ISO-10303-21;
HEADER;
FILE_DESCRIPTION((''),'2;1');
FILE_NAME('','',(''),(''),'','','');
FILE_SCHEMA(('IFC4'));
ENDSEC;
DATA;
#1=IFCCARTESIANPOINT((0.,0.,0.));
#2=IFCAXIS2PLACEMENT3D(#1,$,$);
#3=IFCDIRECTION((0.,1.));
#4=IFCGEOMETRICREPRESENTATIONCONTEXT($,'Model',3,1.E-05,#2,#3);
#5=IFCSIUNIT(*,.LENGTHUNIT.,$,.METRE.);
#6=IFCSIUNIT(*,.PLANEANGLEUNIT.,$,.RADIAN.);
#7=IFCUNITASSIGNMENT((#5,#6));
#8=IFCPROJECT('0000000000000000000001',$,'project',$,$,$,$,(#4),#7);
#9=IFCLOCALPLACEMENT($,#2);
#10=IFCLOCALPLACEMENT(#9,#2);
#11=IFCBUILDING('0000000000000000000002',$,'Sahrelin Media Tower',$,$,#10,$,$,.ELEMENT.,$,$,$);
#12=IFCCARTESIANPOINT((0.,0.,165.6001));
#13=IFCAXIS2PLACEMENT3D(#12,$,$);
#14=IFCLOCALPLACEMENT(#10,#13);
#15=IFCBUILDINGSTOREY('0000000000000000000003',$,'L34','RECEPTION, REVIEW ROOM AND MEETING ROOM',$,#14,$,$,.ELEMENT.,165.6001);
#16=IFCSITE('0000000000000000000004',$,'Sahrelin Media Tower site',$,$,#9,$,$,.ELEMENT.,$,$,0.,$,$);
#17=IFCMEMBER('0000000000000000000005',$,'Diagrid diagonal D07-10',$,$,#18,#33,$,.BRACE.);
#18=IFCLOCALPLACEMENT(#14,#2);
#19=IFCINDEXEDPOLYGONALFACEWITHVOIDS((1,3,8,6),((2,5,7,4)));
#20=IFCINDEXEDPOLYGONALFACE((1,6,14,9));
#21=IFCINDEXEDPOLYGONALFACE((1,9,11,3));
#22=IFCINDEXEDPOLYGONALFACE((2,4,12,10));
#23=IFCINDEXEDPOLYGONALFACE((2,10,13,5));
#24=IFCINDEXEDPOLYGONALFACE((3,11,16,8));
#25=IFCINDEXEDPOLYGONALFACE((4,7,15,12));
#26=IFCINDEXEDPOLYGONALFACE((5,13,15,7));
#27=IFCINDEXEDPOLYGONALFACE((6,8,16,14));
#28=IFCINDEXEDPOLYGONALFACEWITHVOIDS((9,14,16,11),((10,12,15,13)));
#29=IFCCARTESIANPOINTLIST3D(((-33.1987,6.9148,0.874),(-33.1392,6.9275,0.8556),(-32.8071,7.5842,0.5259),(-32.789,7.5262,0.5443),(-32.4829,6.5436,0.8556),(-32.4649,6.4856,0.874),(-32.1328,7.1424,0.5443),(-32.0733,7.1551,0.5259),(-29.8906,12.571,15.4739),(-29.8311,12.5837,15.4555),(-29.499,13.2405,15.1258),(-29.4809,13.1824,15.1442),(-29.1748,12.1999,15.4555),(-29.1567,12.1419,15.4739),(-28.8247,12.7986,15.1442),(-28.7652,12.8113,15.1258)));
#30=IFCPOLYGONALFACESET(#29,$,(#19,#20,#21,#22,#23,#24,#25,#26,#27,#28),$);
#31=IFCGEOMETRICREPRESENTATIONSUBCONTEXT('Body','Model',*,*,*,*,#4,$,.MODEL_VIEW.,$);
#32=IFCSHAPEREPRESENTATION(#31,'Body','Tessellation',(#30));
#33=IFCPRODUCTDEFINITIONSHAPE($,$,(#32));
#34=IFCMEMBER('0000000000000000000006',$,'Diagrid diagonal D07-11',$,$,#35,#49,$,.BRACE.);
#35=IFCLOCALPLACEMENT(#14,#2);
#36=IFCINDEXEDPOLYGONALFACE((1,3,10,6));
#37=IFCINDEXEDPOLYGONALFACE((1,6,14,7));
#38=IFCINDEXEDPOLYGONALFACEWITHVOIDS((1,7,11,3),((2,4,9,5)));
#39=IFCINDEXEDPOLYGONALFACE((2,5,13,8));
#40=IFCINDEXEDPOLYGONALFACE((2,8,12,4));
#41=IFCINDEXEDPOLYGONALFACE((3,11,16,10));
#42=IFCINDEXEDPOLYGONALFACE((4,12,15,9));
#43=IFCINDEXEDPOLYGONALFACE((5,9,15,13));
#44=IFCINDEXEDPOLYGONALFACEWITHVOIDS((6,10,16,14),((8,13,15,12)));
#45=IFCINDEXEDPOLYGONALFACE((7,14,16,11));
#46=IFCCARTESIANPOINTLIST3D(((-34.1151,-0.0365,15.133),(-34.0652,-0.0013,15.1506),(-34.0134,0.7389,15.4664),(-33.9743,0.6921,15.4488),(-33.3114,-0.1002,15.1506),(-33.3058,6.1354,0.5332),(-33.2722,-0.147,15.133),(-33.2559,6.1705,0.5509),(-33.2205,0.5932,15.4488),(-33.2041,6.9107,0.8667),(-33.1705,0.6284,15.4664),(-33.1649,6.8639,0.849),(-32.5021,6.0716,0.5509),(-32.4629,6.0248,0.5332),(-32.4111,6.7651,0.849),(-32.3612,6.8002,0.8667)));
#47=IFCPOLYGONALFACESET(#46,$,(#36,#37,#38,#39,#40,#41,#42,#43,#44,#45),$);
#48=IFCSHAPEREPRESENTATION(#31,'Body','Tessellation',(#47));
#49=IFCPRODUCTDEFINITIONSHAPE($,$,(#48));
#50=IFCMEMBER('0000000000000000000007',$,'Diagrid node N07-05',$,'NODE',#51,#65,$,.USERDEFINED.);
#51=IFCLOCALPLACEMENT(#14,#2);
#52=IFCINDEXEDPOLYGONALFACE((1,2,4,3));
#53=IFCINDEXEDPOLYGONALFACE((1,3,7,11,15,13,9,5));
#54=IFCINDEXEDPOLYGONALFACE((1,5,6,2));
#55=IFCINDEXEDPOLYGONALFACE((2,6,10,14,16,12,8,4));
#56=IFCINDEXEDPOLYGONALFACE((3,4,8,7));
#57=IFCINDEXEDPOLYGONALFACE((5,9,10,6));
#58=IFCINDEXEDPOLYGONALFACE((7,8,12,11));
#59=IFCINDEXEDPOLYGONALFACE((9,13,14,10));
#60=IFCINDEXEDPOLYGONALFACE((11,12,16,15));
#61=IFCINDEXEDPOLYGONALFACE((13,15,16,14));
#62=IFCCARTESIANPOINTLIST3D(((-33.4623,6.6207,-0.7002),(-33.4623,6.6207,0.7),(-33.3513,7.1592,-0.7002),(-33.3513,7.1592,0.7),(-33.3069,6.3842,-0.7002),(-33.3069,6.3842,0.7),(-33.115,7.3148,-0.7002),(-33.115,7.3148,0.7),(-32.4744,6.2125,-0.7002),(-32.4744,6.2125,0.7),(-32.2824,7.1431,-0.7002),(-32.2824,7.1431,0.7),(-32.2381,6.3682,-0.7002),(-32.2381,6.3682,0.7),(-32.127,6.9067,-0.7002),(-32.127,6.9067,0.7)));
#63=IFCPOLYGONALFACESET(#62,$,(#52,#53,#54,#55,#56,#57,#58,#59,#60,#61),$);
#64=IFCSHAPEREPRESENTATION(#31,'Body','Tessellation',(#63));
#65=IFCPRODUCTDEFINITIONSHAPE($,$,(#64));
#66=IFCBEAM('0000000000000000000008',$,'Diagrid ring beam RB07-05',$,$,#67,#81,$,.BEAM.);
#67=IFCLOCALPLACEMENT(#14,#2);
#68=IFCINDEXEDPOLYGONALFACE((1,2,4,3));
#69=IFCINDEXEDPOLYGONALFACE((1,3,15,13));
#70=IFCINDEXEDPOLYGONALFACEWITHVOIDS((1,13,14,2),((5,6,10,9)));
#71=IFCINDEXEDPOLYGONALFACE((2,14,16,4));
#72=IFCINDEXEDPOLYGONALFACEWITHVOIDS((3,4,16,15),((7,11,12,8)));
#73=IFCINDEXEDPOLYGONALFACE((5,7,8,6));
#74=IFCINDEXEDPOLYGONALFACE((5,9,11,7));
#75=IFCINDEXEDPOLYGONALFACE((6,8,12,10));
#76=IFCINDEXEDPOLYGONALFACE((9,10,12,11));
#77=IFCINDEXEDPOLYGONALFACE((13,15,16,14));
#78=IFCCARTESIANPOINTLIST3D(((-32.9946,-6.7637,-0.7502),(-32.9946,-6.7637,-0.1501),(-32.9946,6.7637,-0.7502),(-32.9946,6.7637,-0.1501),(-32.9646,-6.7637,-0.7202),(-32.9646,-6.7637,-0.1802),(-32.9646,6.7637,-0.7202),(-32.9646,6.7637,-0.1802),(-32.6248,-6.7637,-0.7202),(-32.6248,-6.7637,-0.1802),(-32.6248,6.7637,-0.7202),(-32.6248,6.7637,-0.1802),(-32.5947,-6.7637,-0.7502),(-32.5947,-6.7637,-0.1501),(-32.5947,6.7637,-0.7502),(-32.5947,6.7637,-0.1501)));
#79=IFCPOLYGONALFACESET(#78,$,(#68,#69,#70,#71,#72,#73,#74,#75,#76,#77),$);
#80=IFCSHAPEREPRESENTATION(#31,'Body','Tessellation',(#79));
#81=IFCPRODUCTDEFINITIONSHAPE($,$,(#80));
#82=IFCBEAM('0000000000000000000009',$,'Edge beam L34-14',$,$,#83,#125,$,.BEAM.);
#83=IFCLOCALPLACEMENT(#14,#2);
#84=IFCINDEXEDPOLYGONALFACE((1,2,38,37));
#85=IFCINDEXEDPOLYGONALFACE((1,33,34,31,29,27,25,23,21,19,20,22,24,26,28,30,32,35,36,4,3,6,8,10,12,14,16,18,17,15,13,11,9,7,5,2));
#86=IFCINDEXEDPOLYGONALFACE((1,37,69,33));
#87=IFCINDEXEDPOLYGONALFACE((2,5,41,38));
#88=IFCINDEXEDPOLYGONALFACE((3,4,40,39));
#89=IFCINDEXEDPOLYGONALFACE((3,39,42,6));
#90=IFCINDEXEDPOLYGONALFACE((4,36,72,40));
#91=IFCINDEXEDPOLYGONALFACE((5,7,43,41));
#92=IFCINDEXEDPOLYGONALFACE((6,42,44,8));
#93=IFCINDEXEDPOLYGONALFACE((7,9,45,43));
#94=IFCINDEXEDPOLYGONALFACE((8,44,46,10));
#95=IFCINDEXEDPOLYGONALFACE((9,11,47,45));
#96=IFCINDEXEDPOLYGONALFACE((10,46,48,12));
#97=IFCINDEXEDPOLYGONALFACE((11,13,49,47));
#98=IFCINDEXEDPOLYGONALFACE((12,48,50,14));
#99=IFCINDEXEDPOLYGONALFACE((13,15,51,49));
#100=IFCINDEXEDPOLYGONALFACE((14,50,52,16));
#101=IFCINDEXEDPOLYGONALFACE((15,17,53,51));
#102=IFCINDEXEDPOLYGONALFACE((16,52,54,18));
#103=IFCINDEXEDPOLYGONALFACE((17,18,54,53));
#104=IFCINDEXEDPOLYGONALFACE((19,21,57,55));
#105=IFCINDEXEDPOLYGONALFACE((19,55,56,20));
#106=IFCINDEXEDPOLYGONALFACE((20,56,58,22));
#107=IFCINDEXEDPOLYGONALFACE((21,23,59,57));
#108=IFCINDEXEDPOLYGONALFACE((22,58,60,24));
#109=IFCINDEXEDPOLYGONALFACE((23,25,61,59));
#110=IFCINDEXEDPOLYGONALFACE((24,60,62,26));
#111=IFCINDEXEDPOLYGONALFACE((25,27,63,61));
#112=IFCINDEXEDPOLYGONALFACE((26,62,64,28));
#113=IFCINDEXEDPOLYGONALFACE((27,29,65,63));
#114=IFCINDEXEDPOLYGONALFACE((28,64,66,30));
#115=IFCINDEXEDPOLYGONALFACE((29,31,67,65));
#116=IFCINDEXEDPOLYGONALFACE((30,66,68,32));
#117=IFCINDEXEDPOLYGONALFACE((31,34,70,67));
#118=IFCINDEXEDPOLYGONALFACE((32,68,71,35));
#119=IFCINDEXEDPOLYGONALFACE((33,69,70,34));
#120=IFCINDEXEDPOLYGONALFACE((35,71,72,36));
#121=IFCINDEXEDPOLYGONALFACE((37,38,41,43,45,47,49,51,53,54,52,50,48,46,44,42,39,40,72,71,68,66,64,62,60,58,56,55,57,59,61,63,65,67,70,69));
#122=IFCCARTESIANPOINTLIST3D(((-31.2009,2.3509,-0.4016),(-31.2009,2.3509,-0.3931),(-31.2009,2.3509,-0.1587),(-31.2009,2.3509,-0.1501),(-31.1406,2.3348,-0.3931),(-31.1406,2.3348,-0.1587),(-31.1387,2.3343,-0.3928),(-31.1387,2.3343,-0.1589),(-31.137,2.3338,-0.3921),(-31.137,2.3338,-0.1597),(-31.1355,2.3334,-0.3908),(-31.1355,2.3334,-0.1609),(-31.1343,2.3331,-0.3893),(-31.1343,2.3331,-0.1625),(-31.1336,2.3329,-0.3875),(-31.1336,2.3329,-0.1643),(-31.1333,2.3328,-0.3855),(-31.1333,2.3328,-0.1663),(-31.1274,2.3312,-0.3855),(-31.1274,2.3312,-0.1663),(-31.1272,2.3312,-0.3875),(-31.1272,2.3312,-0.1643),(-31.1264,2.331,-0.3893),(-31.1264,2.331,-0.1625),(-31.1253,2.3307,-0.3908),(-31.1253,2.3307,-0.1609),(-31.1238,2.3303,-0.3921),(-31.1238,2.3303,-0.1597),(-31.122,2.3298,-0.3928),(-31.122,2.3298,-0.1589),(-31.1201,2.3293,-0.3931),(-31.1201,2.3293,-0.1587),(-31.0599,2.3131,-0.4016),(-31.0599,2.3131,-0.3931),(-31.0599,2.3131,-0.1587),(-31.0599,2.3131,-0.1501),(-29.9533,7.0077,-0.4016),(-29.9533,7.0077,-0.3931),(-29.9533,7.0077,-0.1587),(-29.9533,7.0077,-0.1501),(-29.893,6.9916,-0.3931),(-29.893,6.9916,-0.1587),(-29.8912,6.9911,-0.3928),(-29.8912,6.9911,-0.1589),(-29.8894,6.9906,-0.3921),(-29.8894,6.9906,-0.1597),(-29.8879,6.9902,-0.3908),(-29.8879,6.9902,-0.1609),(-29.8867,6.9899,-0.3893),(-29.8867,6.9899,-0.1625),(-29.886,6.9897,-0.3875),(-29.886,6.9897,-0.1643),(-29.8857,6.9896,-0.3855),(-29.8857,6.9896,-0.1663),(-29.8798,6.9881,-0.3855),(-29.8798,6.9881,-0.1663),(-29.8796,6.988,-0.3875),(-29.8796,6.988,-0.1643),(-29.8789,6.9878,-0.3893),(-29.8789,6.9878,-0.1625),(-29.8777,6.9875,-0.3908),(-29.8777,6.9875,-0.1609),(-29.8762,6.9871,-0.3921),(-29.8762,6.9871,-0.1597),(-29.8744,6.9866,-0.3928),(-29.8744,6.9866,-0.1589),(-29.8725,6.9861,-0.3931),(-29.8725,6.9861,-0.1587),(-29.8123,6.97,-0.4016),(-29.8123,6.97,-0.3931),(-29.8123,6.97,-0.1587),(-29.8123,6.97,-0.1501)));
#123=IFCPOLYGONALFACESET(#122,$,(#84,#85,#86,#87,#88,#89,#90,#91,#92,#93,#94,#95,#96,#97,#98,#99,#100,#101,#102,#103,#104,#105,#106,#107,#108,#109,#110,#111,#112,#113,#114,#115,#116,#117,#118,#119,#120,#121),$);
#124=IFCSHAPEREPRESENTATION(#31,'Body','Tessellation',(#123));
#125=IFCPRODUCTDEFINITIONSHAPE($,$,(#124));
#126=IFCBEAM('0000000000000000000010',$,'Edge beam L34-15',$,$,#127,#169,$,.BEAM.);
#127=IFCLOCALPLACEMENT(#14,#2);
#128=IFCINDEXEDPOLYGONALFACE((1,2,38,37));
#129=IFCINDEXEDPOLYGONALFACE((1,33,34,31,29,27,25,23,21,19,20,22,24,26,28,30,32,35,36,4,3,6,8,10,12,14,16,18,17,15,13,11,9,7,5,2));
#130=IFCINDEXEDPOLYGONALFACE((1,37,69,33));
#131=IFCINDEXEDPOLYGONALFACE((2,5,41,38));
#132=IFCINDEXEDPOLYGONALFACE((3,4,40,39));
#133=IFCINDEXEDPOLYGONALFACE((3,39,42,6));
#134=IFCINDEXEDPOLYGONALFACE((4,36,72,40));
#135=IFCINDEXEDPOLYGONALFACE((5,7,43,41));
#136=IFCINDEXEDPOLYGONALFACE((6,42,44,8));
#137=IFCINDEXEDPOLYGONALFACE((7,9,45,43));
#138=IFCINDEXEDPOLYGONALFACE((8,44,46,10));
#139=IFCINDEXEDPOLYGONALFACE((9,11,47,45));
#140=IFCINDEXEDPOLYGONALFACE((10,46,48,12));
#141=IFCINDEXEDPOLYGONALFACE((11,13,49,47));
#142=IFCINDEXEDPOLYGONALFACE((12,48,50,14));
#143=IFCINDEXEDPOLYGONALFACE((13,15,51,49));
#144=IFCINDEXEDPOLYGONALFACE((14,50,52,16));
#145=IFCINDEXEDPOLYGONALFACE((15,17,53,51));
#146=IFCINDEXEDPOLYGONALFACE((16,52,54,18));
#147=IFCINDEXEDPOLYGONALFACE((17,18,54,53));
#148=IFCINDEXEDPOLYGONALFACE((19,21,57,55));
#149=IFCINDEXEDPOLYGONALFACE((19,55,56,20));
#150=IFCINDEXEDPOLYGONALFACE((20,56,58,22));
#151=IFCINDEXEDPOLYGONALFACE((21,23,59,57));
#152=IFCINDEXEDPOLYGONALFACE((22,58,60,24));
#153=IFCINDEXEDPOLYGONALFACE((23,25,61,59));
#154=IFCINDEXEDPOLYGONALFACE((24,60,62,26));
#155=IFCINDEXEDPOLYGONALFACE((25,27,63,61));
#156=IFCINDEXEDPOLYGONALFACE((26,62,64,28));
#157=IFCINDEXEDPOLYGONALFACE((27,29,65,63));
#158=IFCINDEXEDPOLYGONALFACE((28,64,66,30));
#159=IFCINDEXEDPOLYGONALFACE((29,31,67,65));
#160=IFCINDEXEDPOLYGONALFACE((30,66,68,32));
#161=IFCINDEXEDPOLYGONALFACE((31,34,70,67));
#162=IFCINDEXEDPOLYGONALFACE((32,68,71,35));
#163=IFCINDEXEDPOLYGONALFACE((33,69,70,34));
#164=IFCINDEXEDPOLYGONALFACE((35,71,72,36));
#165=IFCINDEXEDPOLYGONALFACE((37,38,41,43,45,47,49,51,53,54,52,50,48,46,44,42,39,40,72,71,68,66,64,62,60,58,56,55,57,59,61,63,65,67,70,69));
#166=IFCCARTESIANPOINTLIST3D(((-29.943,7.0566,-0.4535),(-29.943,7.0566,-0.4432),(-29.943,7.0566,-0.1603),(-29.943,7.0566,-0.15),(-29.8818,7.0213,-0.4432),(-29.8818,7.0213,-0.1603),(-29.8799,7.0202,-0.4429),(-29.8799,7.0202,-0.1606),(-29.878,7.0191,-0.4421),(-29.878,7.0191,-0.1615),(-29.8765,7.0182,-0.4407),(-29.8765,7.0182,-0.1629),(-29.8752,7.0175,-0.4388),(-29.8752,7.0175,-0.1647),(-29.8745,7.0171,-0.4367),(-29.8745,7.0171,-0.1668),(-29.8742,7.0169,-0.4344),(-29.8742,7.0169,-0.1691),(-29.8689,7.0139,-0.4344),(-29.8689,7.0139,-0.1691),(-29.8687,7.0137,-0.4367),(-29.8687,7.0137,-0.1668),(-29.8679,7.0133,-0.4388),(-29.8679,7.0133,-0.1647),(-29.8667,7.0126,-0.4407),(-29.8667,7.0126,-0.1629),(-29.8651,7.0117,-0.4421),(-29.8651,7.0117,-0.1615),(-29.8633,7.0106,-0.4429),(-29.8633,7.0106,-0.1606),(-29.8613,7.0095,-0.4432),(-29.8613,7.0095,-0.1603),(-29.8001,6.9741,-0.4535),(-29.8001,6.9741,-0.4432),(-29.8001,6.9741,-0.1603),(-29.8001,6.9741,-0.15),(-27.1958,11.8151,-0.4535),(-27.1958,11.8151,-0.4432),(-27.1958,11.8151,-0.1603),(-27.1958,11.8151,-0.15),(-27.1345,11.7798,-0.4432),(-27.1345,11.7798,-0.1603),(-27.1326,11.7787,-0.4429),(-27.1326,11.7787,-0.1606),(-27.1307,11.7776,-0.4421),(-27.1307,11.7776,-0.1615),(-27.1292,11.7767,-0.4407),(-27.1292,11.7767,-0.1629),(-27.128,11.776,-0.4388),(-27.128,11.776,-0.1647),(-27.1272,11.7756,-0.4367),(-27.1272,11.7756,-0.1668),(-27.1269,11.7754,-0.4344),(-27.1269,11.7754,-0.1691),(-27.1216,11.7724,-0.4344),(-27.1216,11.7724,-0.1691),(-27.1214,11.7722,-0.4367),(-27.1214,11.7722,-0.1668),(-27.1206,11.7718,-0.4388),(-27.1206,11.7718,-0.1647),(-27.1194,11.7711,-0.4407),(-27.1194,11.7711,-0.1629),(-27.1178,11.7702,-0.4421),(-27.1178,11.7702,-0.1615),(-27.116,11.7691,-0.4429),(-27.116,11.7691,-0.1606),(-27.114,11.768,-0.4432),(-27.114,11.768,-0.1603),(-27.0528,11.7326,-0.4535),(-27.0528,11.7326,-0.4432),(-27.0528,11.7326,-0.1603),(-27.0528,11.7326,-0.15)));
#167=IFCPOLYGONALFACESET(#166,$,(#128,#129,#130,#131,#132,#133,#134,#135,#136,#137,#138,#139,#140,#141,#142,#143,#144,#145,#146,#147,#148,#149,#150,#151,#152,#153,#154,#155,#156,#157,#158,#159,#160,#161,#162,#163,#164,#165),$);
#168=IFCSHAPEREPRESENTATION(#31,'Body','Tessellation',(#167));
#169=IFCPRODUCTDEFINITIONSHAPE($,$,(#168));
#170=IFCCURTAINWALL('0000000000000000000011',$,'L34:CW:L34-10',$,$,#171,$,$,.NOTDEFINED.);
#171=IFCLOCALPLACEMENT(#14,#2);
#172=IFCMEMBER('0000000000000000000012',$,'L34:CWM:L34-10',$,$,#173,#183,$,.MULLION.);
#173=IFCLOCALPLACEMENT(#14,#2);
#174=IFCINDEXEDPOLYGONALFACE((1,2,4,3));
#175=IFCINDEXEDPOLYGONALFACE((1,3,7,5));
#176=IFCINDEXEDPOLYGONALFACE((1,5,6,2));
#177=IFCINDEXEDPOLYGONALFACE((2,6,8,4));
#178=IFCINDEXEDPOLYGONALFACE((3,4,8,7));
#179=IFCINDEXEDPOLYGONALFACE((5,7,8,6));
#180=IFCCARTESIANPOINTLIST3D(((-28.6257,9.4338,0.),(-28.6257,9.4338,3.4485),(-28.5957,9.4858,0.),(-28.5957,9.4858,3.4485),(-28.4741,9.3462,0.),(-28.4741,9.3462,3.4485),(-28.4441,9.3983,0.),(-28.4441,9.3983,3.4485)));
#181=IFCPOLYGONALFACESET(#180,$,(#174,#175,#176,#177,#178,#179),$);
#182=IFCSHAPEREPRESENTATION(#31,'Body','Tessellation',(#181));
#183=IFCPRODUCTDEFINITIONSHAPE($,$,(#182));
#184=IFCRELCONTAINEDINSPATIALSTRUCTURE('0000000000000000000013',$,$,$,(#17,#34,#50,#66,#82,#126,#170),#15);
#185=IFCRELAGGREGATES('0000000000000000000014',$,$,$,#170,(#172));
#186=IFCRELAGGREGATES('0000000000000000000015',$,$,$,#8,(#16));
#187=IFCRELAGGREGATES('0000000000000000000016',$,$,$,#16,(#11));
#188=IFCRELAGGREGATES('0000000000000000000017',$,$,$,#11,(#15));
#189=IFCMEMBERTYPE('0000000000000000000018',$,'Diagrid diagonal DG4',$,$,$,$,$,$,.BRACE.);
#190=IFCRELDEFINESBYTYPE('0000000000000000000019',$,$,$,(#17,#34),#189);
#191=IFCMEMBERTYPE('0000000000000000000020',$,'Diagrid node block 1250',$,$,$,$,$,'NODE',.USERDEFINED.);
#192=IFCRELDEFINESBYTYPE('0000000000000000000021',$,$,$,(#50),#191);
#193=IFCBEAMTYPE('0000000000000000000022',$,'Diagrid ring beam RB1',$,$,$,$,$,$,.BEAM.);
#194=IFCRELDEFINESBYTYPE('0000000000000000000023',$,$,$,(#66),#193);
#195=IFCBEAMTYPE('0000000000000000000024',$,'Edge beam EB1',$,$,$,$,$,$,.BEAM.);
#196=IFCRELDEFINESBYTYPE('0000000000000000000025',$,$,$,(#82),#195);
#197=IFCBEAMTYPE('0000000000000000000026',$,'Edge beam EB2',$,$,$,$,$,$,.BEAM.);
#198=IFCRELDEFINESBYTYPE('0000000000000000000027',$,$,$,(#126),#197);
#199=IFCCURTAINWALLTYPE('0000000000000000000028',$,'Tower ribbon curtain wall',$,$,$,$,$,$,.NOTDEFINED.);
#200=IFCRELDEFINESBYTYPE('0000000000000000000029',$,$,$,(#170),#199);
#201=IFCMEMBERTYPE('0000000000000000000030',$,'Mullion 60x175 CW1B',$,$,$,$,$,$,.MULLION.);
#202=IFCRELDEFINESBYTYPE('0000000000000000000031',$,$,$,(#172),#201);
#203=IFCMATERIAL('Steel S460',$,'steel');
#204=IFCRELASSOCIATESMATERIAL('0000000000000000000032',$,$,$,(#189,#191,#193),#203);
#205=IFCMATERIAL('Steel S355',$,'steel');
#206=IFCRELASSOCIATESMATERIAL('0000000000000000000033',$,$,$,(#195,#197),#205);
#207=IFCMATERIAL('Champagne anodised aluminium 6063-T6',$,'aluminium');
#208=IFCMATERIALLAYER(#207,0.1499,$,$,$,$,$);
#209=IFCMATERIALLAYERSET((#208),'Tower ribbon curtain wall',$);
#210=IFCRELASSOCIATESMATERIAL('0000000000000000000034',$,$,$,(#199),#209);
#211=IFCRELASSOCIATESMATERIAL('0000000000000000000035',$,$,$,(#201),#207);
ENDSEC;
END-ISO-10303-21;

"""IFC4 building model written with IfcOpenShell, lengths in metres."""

from ifc_helpers import new_model, si_unit, direction, frame, origin, origin_2d, place, context, subcontext, project, spatial, polyline, rectangle, hollow_rectangle, i_section, outline, extrude, material, layer, layer_set, material_profile, profile_set, type_object, element, aggregate, save


model = new_model("IFC4")

# Units and contexts
model_context = context("Model", 3, precision=1e-05, world=origin(), true_north=direction((0.0, 1.0)))
body_context = subcontext(model_context, "Body", "Model", "MODEL_VIEW")
ifc_project = project(units=[si_unit("LENGTHUNIT", "METRE"), si_unit("PLANEANGLEUNIT", "RADIAN")], contexts=[model_context])

# Site, building, storey
site_placement = place(None, origin())
site = spatial("IfcSite", under=ifc_project, at=site_placement, Name="Sahrelin Media Tower site", CompositionType="ELEMENT", RefElevation=0.0)
building_placement = place(site_placement, origin())
building = spatial("IfcBuilding", under=site, at=building_placement, Name="Sahrelin Media Tower", CompositionType="ELEMENT")
storey_placement = place(building_placement, frame((0.0, 0.0, 165.6001)))
storey = spatial("IfcBuildingStorey", under=building, at=storey_placement, Name="L34", Description="RECEPTION, REVIEW ROOM AND MEETING ROOM", CompositionType="ELEMENT", Elevation=165.6001)

# Members
ifc_material_1 = material(Name="Steel S460", Category="steel")
ifc_material_profile_1 = material_profile(ifc_material_1, hollow_rectangle(XDim=0.8501, YDim=0.8501, WallThickness=0.0449, at=origin_2d()), Name="Diagrid diagonal DG4")
ifc_profile_set_1 = profile_set([ifc_material_profile_1], Name="Steel S460")
member_type_1 = type_object("IfcMemberType", Name="Diagrid diagonal DG4", PredefinedType="BRACE", material=ifc_profile_set_1)
member_1_placement = place(storey_placement, frame((-32.636, 7.0349, 0.7), z_axis=(0.206719, 0.353452, 0.912326), x_axis=(-0.863205, 0.504853, 0.0)))
element("IfcMember", 1, at=member_1_placement, inside=storey, type_object=member_type_1, Name="Diagrid diagonal D07-10", PredefinedType="BRACE", context=body_context, shape_type="SweptSolid", body=[
    extrude(hollow_rectangle(XDim=0.8501, YDim=0.8501, WallThickness=0.0449, at=origin_2d()), origin(), (0.0, 0.0, 1.0), 16.0029),
])
member_2_placement = place(storey_placement, frame((-32.8335, 6.4678, 0.7), z_axis=(-0.050993, -0.388867, 0.919882), x_axis=(0.991512, -0.130018, 0.0)))
element("IfcMember", 2, at=member_2_placement, inside=storey, type_object=member_type_1, Name="Diagrid diagonal D07-11", PredefinedType="BRACE", context=body_context, shape_type="SweptSolid", body=[
    extrude(hollow_rectangle(XDim=0.8501, YDim=0.8501, WallThickness=0.0449, at=origin_2d()), origin(), (0.0, 0.0, 1.0), 15.8713),
])
ifc_material_profile_2 = material_profile(ifc_material_1, outline(polyline([(0.425, -0.4751), (0.625, -0.2749), (0.625, 0.2749), (0.425, 0.4751), (-0.425, 0.4751), (-0.625, 0.2749), (-0.625, -0.2749), (-0.425, -0.4751), (0.425, -0.4751)])), Name="Diagrid node block 1250")
ifc_profile_set_2 = profile_set([ifc_material_profile_2], Name="Steel S460")
member_type_2 = type_object("IfcMemberType", Name="Diagrid node block 1250", ElementType="NODE", PredefinedType="USERDEFINED", material=ifc_profile_set_2)
member_3_placement = place(storey_placement, frame((-32.7947, 6.7637, -0.7002), z_axis=(0.0, 0.0, 1.0), x_axis=(-0.979388, 0.201989, 0.0)))
element("IfcMember", 3, at=member_3_placement, inside=storey, type_object=member_type_2, Name="Diagrid node N07-05", ObjectType="NODE", PredefinedType="USERDEFINED", context=body_context, shape_type="SweptSolid", body=[
    extrude(outline(polyline([(0.425, -0.4751), (0.625, -0.2749), (0.625, 0.2749), (0.425, 0.4751), (-0.425, 0.4751), (-0.625, 0.2749), (-0.625, -0.2749), (-0.425, -0.4751), (0.425, -0.4751)])), origin(), (0.0, 0.0, 1.0), 1.4001),
])

# Beams
ifc_material_profile_3 = material_profile(ifc_material_1, hollow_rectangle(XDim=0.3999, YDim=0.6001, WallThickness=0.03, at=origin_2d()), Name="Diagrid ring beam RB1")
ifc_profile_set_3 = profile_set([ifc_material_profile_3], Name="Steel S460")
beam_type_1 = type_object("IfcBeamType", Name="Diagrid ring beam RB1", PredefinedType="BEAM", material=ifc_profile_set_3)
beam_1_placement = place(storey_placement, frame((-32.7947, 6.7637, -0.4502), z_axis=(0.0, -1.0, 0.0), x_axis=(1.0, 0.0, 0.0)))
element("IfcBeam", 4, at=beam_1_placement, inside=storey, type_object=beam_type_1, Name="Diagrid ring beam RB07-05", PredefinedType="BEAM", context=body_context, shape_type="SweptSolid", body=[
    extrude(hollow_rectangle(XDim=0.3999, YDim=0.6001, WallThickness=0.03, at=origin_2d()), origin(), (0.0, 0.0, 1.0), 13.5273),
])
ifc_material_2 = material(Name="Steel S355", Category="steel")
ifc_material_profile_4 = material_profile(ifc_material_2, i_section(OverallWidth=0.146, OverallDepth=0.2515, WebThickness=0.0061, FlangeThickness=0.0085, FilletRadius=0.0076, at=origin_2d()), Name="UB 254x146x31")
ifc_profile_set_4 = profile_set([ifc_material_profile_4], Name="Steel S355")
beam_type_2 = type_object("IfcBeamType", Name="Edge beam EB1", PredefinedType="BEAM", material=ifc_profile_set_4)
beam_2_placement = place(storey_placement, frame((-31.1304, 2.332, -0.2759), z_axis=(0.258778, 0.965937, 0.0), x_axis=(-0.965937, 0.258778, 0.0)))
element("IfcBeam", 5, at=beam_2_placement, inside=storey, type_object=beam_type_2, Name="Edge beam L34-14", PredefinedType="BEAM", context=body_context, shape_type="SweptSolid", body=[
    extrude(i_section(OverallWidth=0.146, OverallDepth=0.2515, WebThickness=0.0061, FlangeThickness=0.0085, FilletRadius=0.0076, at=origin_2d()), origin(), (0.0, 0.0, 1.0), 4.821),
])
ifc_material_profile_5 = material_profile(ifc_material_2, i_section(OverallWidth=0.165, OverallDepth=0.3035, WebThickness=0.0061, FlangeThickness=0.0103, FilletRadius=0.0088, at=origin_2d()), Name="UB 305x165x40")
ifc_profile_set_5 = profile_set([ifc_material_profile_5], Name="Steel S355")
beam_type_3 = type_object("IfcBeamType", Name="Edge beam EB2", PredefinedType="BEAM", material=ifc_profile_set_5)
beam_3_placement = place(storey_placement, frame((-29.8716, 7.0154, -0.3018), z_axis=(0.499996, 0.866028, 0.0), x_axis=(-0.866028, 0.499996, 0.0)))
element("IfcBeam", 6, at=beam_3_placement, inside=storey, type_object=beam_type_3, Name="Edge beam L34-15", PredefinedType="BEAM", context=body_context, shape_type="SweptSolid", body=[
    extrude(i_section(OverallWidth=0.165, OverallDepth=0.3035, WebThickness=0.0061, FlangeThickness=0.0103, FilletRadius=0.0088, at=origin_2d()), origin(), (0.0, 0.0, 1.0), 5.4946),
])

# Curtain wall, member
ifc_material_3 = material(Name="Champagne anodised aluminium 6063-T6", Category="aluminium")
ifc_layer_1 = layer(ifc_material_3, 0.1499)
ifc_layer_set_1 = layer_set([ifc_layer_1], Name="Tower ribbon curtain wall")
curtain_wall_type = type_object("IfcCurtainWallType", Name="Tower ribbon curtain wall", PredefinedType="NOTDEFINED", material=ifc_layer_set_1)
curtain_wall_1_placement = place(storey_placement, frame((-28.6277, 9.4697, 0.0), z_axis=(0.0, 0.0, 1.0), x_axis=(1.0, 0.0, 0.0)))
curtain_wall_1 = element("IfcCurtainWall", 7, at=curtain_wall_1_placement, inside=storey, type_object=curtain_wall_type, Name="L34:CW:L34-10", PredefinedType="NOTDEFINED")
ifc_material_profile_6 = material_profile(ifc_material_3, rectangle(XDim=0.0601, YDim=0.175, at=origin_2d()), Name="Mullion 60x175")
ifc_profile_set_6 = profile_set([ifc_material_profile_6], Name="Champagne anodised aluminium 6063-T6")
member_type_3 = type_object("IfcMemberType", Name="Mullion 60x175 CW1B", PredefinedType="MULLION", material=ifc_profile_set_6)
member_4_placement = place(storey_placement, frame((-28.5349, 9.416, 0.0), z_axis=(0.0, 0.0, 1.0), x_axis=(-0.500003, -0.866024, 0.0)))
member_4 = element("IfcMember", 8, at=member_4_placement, type_object=member_type_3, Name="L34:CWM:L34-10", PredefinedType="MULLION", context=body_context, shape_type="SweptSolid", body=[
    extrude(rectangle(XDim=0.0601, YDim=0.175, at=origin_2d()), origin(), (0.0, 0.0, 1.0), 3.4485),
])

aggregate(curtain_wall_1, [member_4])

save(model, "model.ifc")
